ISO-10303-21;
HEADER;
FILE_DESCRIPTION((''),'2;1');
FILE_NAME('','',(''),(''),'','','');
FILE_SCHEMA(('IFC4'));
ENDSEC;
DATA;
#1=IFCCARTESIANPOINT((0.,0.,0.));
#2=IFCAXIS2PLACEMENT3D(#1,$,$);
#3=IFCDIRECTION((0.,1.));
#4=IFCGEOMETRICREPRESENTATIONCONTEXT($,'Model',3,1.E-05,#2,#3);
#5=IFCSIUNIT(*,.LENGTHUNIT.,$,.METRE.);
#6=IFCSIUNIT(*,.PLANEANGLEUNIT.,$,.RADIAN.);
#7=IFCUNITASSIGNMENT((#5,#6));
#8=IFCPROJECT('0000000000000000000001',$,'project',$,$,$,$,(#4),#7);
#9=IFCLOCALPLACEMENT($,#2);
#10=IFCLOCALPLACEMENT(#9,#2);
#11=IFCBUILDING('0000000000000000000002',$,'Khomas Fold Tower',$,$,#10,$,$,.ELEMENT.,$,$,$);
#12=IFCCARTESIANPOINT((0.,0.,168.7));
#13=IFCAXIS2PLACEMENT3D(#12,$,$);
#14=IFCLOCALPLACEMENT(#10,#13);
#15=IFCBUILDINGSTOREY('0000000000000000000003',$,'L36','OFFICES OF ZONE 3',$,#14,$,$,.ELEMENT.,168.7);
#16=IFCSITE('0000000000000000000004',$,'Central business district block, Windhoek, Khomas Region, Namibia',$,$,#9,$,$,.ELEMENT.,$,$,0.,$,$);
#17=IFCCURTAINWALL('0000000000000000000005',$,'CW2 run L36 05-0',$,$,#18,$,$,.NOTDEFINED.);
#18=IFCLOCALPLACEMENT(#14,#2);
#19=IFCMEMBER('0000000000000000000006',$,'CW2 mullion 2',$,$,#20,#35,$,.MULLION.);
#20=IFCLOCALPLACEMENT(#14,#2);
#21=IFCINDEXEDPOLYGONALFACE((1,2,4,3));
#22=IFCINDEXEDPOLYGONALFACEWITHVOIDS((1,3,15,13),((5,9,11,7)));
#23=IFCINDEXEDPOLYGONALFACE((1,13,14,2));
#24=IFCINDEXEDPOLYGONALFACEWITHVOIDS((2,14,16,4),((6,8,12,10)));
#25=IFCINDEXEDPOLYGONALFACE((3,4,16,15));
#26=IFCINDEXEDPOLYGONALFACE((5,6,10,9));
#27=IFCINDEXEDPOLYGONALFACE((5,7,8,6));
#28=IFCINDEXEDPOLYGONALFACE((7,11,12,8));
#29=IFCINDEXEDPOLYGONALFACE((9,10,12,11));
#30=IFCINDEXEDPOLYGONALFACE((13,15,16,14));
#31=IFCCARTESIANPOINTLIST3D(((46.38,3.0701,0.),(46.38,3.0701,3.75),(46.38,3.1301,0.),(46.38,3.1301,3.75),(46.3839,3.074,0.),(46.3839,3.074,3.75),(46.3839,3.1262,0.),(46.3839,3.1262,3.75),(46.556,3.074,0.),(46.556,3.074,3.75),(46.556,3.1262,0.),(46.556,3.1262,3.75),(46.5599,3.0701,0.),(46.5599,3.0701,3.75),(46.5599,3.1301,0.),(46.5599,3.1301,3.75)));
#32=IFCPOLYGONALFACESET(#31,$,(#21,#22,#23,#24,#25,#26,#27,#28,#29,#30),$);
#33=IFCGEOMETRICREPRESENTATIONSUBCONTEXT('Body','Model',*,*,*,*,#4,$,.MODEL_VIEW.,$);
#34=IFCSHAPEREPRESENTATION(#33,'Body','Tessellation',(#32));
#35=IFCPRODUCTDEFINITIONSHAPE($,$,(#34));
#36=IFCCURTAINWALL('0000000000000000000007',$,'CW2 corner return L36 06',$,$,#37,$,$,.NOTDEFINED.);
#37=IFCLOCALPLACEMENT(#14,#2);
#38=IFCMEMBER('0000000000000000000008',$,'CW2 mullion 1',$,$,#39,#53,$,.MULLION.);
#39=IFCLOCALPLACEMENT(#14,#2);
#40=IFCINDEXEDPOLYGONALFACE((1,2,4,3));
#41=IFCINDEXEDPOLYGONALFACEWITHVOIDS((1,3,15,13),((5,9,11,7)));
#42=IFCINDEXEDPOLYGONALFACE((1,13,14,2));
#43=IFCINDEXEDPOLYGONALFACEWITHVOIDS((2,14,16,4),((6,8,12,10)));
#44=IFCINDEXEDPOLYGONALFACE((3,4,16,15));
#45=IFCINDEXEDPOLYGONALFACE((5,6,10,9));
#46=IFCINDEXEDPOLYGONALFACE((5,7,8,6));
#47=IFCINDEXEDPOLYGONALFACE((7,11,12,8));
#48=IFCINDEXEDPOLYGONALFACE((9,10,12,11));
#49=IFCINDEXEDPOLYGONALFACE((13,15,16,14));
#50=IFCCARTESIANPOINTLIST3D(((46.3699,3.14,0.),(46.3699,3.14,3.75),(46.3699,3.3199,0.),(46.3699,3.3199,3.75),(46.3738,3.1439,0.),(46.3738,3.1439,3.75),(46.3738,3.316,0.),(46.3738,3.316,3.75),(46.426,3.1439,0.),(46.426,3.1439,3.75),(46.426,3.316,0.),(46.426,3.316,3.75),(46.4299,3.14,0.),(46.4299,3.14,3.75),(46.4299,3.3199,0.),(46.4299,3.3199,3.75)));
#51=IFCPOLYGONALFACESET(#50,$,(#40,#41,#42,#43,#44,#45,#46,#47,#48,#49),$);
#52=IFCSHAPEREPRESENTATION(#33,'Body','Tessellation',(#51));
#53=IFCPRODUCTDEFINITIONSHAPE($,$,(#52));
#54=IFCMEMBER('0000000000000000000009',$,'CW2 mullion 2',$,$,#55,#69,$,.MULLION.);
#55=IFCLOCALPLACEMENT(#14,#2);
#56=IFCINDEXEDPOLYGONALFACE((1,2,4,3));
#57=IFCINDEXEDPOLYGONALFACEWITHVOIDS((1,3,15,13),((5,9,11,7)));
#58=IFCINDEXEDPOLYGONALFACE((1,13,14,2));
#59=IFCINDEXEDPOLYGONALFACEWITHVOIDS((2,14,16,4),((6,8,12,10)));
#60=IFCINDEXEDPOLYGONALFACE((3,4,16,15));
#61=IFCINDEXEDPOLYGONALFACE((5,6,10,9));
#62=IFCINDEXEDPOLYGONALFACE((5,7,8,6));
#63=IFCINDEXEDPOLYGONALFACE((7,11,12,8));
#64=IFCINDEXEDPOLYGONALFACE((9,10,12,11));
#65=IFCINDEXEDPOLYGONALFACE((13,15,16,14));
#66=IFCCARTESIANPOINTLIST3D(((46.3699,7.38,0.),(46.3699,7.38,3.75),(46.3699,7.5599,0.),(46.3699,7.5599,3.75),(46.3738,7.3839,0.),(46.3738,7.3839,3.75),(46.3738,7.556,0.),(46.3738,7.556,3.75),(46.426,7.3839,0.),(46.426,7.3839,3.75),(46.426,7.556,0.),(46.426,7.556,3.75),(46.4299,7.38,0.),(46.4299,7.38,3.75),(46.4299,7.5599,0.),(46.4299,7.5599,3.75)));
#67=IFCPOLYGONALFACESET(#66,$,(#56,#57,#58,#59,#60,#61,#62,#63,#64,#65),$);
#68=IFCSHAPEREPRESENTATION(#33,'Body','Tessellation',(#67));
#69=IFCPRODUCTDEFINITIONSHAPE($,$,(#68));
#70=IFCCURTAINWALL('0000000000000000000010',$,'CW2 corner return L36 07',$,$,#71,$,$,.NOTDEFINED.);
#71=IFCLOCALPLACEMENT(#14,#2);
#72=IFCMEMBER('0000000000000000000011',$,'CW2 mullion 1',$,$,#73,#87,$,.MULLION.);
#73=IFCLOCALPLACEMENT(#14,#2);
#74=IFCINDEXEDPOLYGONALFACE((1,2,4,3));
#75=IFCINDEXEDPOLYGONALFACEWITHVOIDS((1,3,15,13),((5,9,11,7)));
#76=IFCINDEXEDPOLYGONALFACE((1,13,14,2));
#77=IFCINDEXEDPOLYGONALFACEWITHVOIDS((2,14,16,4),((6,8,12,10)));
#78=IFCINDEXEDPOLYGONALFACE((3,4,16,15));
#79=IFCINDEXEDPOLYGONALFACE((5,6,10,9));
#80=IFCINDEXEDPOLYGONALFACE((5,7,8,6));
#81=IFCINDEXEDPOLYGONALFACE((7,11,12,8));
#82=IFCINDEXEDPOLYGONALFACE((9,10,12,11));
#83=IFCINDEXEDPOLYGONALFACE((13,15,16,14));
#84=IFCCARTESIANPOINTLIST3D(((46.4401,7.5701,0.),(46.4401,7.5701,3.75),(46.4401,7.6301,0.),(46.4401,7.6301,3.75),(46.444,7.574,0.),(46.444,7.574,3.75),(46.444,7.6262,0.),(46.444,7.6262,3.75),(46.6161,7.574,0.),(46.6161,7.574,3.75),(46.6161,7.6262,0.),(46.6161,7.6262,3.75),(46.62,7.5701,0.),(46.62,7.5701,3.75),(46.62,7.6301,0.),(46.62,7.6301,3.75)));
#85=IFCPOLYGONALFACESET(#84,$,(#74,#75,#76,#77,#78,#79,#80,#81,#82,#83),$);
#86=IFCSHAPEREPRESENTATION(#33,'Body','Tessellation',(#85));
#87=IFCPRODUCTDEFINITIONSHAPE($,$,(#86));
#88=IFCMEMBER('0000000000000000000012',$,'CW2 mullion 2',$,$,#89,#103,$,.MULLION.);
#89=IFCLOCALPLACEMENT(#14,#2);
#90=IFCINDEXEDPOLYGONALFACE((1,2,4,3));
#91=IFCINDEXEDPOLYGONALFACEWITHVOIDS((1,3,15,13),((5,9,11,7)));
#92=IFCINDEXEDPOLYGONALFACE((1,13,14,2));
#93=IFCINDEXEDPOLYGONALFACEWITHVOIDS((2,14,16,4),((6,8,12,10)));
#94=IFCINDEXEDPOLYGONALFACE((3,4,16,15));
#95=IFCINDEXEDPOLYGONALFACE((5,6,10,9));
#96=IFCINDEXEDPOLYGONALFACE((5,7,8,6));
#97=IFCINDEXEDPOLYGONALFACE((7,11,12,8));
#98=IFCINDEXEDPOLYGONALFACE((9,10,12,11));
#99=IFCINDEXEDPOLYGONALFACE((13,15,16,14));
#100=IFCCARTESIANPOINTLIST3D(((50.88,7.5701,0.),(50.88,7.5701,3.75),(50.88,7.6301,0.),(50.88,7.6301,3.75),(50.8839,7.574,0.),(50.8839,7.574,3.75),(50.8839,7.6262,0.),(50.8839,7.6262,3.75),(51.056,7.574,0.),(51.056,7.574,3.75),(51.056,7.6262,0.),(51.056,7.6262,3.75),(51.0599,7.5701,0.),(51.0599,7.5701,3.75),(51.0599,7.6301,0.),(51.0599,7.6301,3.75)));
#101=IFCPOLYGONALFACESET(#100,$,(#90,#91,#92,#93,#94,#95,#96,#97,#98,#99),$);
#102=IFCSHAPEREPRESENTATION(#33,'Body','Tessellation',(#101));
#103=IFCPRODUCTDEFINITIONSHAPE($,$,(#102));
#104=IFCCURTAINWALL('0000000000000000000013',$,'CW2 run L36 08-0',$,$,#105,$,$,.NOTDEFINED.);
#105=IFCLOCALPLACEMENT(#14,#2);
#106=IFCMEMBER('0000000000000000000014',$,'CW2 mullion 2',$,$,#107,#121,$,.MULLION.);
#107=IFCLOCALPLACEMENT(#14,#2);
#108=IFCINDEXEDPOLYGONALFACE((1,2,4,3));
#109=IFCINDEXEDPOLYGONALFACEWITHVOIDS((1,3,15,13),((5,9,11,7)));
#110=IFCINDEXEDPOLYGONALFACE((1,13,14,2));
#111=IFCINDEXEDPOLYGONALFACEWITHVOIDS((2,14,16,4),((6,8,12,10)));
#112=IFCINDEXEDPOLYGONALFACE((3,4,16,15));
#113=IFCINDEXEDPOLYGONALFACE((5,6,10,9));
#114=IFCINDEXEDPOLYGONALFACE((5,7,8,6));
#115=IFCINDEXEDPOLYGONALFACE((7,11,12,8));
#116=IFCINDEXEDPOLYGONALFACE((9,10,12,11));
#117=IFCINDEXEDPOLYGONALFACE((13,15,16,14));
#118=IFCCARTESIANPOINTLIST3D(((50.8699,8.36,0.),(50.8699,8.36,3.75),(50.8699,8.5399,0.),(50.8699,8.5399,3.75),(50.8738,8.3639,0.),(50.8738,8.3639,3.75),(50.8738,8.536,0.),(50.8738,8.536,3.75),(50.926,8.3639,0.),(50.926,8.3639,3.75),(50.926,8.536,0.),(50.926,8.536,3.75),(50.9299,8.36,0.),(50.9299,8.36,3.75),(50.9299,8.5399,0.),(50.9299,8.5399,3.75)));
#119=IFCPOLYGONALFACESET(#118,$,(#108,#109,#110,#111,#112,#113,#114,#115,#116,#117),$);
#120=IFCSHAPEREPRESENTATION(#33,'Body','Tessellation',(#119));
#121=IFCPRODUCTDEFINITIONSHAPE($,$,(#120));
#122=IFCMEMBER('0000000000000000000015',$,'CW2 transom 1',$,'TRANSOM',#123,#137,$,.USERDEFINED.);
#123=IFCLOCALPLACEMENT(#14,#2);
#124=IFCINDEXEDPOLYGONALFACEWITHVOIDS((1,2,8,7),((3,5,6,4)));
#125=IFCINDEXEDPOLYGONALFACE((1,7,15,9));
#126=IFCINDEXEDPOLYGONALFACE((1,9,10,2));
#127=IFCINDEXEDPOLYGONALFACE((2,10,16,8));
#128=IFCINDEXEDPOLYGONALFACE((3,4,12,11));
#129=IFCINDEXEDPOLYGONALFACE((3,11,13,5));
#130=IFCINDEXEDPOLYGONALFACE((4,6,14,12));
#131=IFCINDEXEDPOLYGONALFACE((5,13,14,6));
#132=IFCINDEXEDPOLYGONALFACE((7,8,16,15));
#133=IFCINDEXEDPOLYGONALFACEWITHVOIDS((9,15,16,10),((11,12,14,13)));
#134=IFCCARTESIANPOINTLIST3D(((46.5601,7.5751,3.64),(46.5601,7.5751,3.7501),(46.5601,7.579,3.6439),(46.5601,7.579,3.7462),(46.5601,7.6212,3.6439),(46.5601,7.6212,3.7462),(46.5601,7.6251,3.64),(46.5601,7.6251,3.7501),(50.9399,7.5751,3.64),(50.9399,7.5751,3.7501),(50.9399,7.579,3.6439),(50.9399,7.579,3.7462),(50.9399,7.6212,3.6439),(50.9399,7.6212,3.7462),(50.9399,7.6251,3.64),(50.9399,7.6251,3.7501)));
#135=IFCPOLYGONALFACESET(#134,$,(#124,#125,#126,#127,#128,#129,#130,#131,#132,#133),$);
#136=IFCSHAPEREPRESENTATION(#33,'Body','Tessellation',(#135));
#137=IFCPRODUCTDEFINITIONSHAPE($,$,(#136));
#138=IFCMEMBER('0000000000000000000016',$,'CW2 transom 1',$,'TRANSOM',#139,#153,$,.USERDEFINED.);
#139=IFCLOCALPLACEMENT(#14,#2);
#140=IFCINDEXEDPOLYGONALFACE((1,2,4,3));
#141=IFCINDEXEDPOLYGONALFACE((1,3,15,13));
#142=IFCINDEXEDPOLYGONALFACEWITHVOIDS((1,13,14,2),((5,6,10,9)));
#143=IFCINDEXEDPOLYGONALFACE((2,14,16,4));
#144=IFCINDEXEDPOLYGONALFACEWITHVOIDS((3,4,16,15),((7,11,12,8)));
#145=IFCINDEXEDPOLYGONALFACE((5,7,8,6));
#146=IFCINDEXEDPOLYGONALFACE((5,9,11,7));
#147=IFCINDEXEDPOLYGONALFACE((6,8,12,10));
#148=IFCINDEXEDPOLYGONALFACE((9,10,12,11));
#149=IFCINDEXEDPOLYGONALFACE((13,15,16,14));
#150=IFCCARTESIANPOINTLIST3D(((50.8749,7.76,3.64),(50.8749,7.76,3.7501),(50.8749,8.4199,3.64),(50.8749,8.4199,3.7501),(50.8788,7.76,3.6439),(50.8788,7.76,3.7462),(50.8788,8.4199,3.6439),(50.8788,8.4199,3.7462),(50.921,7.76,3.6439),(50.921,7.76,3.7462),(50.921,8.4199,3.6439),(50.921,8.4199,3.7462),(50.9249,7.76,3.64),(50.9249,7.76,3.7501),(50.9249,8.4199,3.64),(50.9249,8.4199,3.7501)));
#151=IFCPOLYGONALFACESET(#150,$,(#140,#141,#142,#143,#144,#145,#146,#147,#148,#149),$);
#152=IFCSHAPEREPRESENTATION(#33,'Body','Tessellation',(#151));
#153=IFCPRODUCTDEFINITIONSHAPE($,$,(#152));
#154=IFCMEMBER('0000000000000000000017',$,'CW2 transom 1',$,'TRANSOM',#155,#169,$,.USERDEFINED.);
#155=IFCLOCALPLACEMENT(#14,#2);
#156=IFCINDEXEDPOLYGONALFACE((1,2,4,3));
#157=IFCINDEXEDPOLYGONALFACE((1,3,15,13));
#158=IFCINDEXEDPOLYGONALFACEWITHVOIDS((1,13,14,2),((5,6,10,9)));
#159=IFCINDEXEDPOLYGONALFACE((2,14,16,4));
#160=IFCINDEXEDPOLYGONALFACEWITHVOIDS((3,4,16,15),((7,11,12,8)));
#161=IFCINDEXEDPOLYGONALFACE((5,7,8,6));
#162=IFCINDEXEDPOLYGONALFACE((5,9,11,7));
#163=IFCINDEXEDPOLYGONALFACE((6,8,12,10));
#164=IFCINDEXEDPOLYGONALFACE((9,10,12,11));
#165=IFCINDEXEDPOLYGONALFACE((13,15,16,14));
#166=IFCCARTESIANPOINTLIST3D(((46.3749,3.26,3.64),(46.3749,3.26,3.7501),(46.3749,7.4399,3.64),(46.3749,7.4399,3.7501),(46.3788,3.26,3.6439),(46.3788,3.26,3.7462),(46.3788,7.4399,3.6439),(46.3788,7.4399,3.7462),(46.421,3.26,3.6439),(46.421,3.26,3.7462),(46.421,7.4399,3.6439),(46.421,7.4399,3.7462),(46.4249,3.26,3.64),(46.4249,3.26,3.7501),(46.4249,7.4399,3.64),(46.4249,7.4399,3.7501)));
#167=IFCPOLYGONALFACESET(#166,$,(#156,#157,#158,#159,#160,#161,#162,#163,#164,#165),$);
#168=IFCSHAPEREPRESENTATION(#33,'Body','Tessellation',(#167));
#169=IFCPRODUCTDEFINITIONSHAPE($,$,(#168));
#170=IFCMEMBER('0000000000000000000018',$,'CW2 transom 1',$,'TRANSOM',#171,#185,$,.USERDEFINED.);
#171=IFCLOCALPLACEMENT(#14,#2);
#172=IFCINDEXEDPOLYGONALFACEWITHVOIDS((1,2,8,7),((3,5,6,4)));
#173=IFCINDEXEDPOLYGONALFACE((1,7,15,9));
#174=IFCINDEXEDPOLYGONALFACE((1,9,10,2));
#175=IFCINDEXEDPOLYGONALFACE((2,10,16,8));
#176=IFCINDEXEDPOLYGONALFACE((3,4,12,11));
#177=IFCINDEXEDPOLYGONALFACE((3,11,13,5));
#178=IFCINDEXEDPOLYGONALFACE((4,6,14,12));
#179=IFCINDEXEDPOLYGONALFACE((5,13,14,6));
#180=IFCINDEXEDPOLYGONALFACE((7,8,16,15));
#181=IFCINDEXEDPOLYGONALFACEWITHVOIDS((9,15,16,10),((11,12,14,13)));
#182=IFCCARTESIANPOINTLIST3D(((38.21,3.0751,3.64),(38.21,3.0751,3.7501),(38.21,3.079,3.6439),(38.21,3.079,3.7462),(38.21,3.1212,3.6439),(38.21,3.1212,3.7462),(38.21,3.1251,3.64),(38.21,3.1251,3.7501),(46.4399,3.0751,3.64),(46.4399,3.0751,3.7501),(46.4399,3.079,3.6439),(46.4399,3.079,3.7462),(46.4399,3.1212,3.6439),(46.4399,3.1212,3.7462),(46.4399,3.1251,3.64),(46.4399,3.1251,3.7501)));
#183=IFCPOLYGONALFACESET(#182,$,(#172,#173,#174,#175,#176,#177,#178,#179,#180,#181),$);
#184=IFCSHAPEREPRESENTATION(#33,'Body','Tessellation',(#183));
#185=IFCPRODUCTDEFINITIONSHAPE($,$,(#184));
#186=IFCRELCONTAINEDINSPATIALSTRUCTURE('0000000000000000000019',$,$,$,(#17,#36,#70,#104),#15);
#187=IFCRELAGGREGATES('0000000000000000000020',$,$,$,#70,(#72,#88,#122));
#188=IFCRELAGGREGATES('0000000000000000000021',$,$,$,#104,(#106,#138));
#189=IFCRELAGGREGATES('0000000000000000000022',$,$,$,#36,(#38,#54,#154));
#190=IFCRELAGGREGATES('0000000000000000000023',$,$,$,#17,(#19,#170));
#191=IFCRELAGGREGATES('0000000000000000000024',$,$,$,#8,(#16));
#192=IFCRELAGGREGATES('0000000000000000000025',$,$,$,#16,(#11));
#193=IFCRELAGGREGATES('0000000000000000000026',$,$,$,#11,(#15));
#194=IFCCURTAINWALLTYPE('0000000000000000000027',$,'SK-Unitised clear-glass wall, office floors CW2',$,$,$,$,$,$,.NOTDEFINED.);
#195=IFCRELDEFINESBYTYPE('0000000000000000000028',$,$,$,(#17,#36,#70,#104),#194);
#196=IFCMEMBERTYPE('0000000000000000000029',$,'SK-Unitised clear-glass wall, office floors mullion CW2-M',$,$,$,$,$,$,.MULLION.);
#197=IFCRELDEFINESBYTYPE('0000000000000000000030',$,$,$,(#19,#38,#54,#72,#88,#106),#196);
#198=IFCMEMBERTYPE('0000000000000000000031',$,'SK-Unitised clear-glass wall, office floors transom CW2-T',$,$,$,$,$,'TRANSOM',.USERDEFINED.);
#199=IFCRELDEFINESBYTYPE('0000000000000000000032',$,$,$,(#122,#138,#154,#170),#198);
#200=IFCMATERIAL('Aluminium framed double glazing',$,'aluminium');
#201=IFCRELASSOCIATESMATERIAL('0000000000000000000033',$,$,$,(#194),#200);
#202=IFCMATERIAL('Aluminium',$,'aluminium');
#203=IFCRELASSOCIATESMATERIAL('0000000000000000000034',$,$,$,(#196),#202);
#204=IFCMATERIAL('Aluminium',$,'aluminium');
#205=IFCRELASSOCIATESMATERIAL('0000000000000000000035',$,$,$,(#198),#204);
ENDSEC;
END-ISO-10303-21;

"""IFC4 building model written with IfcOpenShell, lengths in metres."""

from ifc_helpers import new_model, si_unit, direction, frame, origin, origin_2d, place, context, subcontext, project, spatial, hollow_rectangle, extrude, source, transform, mapped, material, material_profile, profile_set, type_object, element, aggregate, save


model = new_model("IFC4")

# Units and contexts
model_context = context("Model", 3, precision=1e-05, world=origin(), true_north=direction((0.0, 1.0)))
body_context = subcontext(model_context, "Body", "Model", "MODEL_VIEW")
ifc_project = project(units=[si_unit("LENGTHUNIT", "METRE"), si_unit("PLANEANGLEUNIT", "RADIAN")], contexts=[model_context])

# Site, building, storey
site_placement = place(None, origin())
site = spatial("IfcSite", under=ifc_project, at=site_placement, Name="Central business district block, Windhoek, Khomas Region, Namibia", CompositionType="ELEMENT", RefElevation=0.0)
building_placement = place(site_placement, origin())
building = spatial("IfcBuilding", under=site, at=building_placement, Name="Khomas Fold Tower", CompositionType="ELEMENT")
storey_placement = place(building_placement, frame((0.0, 0.0, 168.7)))
storey = spatial("IfcBuildingStorey", under=building, at=storey_placement, Name="L36", Description="OFFICES OF ZONE 3", CompositionType="ELEMENT", Elevation=168.7)

# Curtain walls, members
ifc_material_1 = material(Name="Aluminium framed double glazing", Category="aluminium")
curtain_wall_type_1 = type_object("IfcCurtainWallType", Name="SK-Unitised clear-glass wall, office floors CW2", PredefinedType="NOTDEFINED", material=ifc_material_1)
curtain_wall_1_placement = place(storey_placement, origin())
curtain_wall_1 = element("IfcCurtainWall", 1, at=curtain_wall_1_placement, inside=storey, type_object=curtain_wall_type_1, Name="CW2 run L36 05-0", PredefinedType="NOTDEFINED")
ifc_material_2 = material(Name="Aluminium", Category="aluminium")
ifc_material_profile_1 = material_profile(ifc_material_2, hollow_rectangle(XDim=0.0601, YDim=0.1799, WallThickness=0.0039, at=origin_2d()), Name="SK-Unitised clear-glass wall, office floors mullion CW2-M")
ifc_profile_set_1 = profile_set([ifc_material_profile_1], Name="Aluminium")
member_type_1 = type_object("IfcMemberType", Name="SK-Unitised clear-glass wall, office floors mullion CW2-M", PredefinedType="MULLION", material=ifc_profile_set_1)
shared_shape_1 = source(origin(), body_context, "Body", "SweptSolid", [
    extrude(hollow_rectangle(XDim=0.0601, YDim=0.1799, WallThickness=0.0039, at=origin_2d()), origin(), (0.0, 0.0, 1.0), 3.75),
])
member_1_placement = place(storey_placement, frame((46.47, 3.1001, 0.0), z_axis=(0.0, 0.0, 1.0), x_axis=(0.0, 1.0, 0.0)))
member_1 = element("IfcMember", 2, at=member_1_placement, type_object=member_type_1, Name="CW2 mullion 2", PredefinedType="MULLION", context=body_context, shape_type="MappedRepresentation", body=[
    mapped(shared_shape_1, transform((0.0, 0.0, 0.0))),
])
curtain_wall_2_placement = place(storey_placement, origin())
curtain_wall_2 = element("IfcCurtainWall", 3, at=curtain_wall_2_placement, inside=storey, type_object=curtain_wall_type_1, Name="CW2 corner return L36 06", PredefinedType="NOTDEFINED")
member_2_placement = place(storey_placement, frame((46.3999, 3.23, 0.0), z_axis=(0.0, 0.0, 1.0), x_axis=(-1.0, 0.0, 0.0)))
member_2 = element("IfcMember", 4, at=member_2_placement, type_object=member_type_1, Name="CW2 mullion 1", PredefinedType="MULLION", context=body_context, shape_type="MappedRepresentation", body=[
    mapped(shared_shape_1, transform((0.0, 0.0, 0.0))),
])
member_3_placement = place(storey_placement, frame((46.3999, 7.47, 0.0), z_axis=(0.0, 0.0, 1.0), x_axis=(-1.0, 0.0, 0.0)))
member_3 = element("IfcMember", 5, at=member_3_placement, type_object=member_type_1, Name="CW2 mullion 2", PredefinedType="MULLION", context=body_context, shape_type="MappedRepresentation", body=[
    mapped(shared_shape_1, transform((0.0, 0.0, 0.0))),
])
curtain_wall_3_placement = place(storey_placement, origin())
curtain_wall_3 = element("IfcCurtainWall", 6, at=curtain_wall_3_placement, inside=storey, type_object=curtain_wall_type_1, Name="CW2 corner return L36 07", PredefinedType="NOTDEFINED")
member_4_placement = place(storey_placement, frame((46.53, 7.6001, 0.0), z_axis=(0.0, 0.0, 1.0), x_axis=(0.0, 1.0, 0.0)))
member_4 = element("IfcMember", 7, at=member_4_placement, type_object=member_type_1, Name="CW2 mullion 1", PredefinedType="MULLION", context=body_context, shape_type="MappedRepresentation", body=[
    mapped(shared_shape_1, transform((0.0, 0.0, 0.0))),
])
member_5_placement = place(storey_placement, frame((50.97, 7.6001, 0.0), z_axis=(0.0, 0.0, 1.0), x_axis=(0.0, 1.0, 0.0)))
member_5 = element("IfcMember", 8, at=member_5_placement, type_object=member_type_1, Name="CW2 mullion 2", PredefinedType="MULLION", context=body_context, shape_type="MappedRepresentation", body=[
    mapped(shared_shape_1, transform((0.0, 0.0, 0.0))),
])

# Curtain wall, member
curtain_wall_4_placement = place(storey_placement, origin())
curtain_wall_4 = element("IfcCurtainWall", 9, at=curtain_wall_4_placement, inside=storey, type_object=curtain_wall_type_1, Name="CW2 run L36 08-0", PredefinedType="NOTDEFINED")
member_6_placement = place(storey_placement, frame((50.8999, 8.45, 0.0), z_axis=(0.0, 0.0, 1.0), x_axis=(-1.0, 0.0, 0.0)))
member_6 = element("IfcMember", 10, at=member_6_placement, type_object=member_type_1, Name="CW2 mullion 2", PredefinedType="MULLION", context=body_context, shape_type="MappedRepresentation", body=[
    mapped(shared_shape_1, transform((0.0, 0.0, 0.0))),
])

# Members
ifc_material_3 = material(Name="Aluminium", Category="aluminium")
ifc_material_profile_2 = material_profile(ifc_material_3, hollow_rectangle(XDim=0.05, YDim=0.1101, WallThickness=0.0039, at=origin_2d()), Name="SK-Unitised clear-glass wall, office floors transom CW2-T")
ifc_profile_set_2 = profile_set([ifc_material_profile_2], Name="Aluminium")
member_type_2 = type_object("IfcMemberType", Name="SK-Unitised clear-glass wall, office floors transom CW2-T", ElementType="TRANSOM", PredefinedType="USERDEFINED", material=ifc_profile_set_2)
shared_shape_2 = source(origin(), body_context, "Body", "SweptSolid", [
    extrude(hollow_rectangle(XDim=0.05, YDim=0.1101, WallThickness=0.0039, at=origin_2d()), origin(), (0.0, 0.0, 1.0), 4.3799),
])
member_7_placement = place(storey_placement, frame((46.5601, 7.6001, 3.6951), z_axis=(1.0, 0.0, 0.0), x_axis=(0.0, 1.0, 0.0)))
member_7 = element("IfcMember", 11, at=member_7_placement, type_object=member_type_2, Name="CW2 transom 1", ObjectType="TRANSOM", PredefinedType="USERDEFINED", context=body_context, shape_type="MappedRepresentation", body=[
    mapped(shared_shape_2, transform((0.0, 0.0, 0.0))),
])
shared_shape_3 = source(origin(), body_context, "Body", "SweptSolid", [
    extrude(hollow_rectangle(XDim=0.05, YDim=0.1101, WallThickness=0.0039, at=origin_2d()), origin(), (0.0, 0.0, 1.0), 0.6599),
])
member_8_placement = place(storey_placement, frame((50.8999, 7.76, 3.6951), z_axis=(0.0, 1.0, 0.0), x_axis=(-1.0, 0.0, 0.0)))
member_8 = element("IfcMember", 12, at=member_8_placement, type_object=member_type_2, Name="CW2 transom 1", ObjectType="TRANSOM", PredefinedType="USERDEFINED", context=body_context, shape_type="MappedRepresentation", body=[
    mapped(shared_shape_3, transform((0.0, 0.0, 0.0))),
])
shared_shape_4 = source(origin(), body_context, "Body", "SweptSolid", [
    extrude(hollow_rectangle(XDim=0.05, YDim=0.1101, WallThickness=0.0039, at=origin_2d()), origin(), (0.0, 0.0, 1.0), 4.1799),
])
member_9_placement = place(storey_placement, frame((46.3999, 3.26, 3.6951), z_axis=(0.0, 1.0, 0.0), x_axis=(-1.0, 0.0, 0.0)))
member_9 = element("IfcMember", 13, at=member_9_placement, type_object=member_type_2, Name="CW2 transom 1", ObjectType="TRANSOM", PredefinedType="USERDEFINED", context=body_context, shape_type="MappedRepresentation", body=[
    mapped(shared_shape_4, transform((0.0, 0.0, 0.0))),
])
shared_shape_5 = source(origin(), body_context, "Body", "SweptSolid", [
    extrude(hollow_rectangle(XDim=0.05, YDim=0.1101, WallThickness=0.0039, at=origin_2d()), origin(), (0.0, 0.0, 1.0), 8.23),
])
member_10_placement = place(storey_placement, frame((38.21, 3.1001, 3.6951), z_axis=(1.0, 0.0, 0.0), x_axis=(0.0, 1.0, 0.0)))
member_10 = element("IfcMember", 14, at=member_10_placement, type_object=member_type_2, Name="CW2 transom 1", ObjectType="TRANSOM", PredefinedType="USERDEFINED", context=body_context, shape_type="MappedRepresentation", body=[
    mapped(shared_shape_5, transform((0.0, 0.0, 0.0))),
])

aggregate(curtain_wall_3, [member_4, member_5, member_7])
aggregate(curtain_wall_4, [member_6, member_8])
aggregate(curtain_wall_2, [member_2, member_3, member_9])
aggregate(curtain_wall_1, [member_1, member_10])

save(model, "model.ifc")
